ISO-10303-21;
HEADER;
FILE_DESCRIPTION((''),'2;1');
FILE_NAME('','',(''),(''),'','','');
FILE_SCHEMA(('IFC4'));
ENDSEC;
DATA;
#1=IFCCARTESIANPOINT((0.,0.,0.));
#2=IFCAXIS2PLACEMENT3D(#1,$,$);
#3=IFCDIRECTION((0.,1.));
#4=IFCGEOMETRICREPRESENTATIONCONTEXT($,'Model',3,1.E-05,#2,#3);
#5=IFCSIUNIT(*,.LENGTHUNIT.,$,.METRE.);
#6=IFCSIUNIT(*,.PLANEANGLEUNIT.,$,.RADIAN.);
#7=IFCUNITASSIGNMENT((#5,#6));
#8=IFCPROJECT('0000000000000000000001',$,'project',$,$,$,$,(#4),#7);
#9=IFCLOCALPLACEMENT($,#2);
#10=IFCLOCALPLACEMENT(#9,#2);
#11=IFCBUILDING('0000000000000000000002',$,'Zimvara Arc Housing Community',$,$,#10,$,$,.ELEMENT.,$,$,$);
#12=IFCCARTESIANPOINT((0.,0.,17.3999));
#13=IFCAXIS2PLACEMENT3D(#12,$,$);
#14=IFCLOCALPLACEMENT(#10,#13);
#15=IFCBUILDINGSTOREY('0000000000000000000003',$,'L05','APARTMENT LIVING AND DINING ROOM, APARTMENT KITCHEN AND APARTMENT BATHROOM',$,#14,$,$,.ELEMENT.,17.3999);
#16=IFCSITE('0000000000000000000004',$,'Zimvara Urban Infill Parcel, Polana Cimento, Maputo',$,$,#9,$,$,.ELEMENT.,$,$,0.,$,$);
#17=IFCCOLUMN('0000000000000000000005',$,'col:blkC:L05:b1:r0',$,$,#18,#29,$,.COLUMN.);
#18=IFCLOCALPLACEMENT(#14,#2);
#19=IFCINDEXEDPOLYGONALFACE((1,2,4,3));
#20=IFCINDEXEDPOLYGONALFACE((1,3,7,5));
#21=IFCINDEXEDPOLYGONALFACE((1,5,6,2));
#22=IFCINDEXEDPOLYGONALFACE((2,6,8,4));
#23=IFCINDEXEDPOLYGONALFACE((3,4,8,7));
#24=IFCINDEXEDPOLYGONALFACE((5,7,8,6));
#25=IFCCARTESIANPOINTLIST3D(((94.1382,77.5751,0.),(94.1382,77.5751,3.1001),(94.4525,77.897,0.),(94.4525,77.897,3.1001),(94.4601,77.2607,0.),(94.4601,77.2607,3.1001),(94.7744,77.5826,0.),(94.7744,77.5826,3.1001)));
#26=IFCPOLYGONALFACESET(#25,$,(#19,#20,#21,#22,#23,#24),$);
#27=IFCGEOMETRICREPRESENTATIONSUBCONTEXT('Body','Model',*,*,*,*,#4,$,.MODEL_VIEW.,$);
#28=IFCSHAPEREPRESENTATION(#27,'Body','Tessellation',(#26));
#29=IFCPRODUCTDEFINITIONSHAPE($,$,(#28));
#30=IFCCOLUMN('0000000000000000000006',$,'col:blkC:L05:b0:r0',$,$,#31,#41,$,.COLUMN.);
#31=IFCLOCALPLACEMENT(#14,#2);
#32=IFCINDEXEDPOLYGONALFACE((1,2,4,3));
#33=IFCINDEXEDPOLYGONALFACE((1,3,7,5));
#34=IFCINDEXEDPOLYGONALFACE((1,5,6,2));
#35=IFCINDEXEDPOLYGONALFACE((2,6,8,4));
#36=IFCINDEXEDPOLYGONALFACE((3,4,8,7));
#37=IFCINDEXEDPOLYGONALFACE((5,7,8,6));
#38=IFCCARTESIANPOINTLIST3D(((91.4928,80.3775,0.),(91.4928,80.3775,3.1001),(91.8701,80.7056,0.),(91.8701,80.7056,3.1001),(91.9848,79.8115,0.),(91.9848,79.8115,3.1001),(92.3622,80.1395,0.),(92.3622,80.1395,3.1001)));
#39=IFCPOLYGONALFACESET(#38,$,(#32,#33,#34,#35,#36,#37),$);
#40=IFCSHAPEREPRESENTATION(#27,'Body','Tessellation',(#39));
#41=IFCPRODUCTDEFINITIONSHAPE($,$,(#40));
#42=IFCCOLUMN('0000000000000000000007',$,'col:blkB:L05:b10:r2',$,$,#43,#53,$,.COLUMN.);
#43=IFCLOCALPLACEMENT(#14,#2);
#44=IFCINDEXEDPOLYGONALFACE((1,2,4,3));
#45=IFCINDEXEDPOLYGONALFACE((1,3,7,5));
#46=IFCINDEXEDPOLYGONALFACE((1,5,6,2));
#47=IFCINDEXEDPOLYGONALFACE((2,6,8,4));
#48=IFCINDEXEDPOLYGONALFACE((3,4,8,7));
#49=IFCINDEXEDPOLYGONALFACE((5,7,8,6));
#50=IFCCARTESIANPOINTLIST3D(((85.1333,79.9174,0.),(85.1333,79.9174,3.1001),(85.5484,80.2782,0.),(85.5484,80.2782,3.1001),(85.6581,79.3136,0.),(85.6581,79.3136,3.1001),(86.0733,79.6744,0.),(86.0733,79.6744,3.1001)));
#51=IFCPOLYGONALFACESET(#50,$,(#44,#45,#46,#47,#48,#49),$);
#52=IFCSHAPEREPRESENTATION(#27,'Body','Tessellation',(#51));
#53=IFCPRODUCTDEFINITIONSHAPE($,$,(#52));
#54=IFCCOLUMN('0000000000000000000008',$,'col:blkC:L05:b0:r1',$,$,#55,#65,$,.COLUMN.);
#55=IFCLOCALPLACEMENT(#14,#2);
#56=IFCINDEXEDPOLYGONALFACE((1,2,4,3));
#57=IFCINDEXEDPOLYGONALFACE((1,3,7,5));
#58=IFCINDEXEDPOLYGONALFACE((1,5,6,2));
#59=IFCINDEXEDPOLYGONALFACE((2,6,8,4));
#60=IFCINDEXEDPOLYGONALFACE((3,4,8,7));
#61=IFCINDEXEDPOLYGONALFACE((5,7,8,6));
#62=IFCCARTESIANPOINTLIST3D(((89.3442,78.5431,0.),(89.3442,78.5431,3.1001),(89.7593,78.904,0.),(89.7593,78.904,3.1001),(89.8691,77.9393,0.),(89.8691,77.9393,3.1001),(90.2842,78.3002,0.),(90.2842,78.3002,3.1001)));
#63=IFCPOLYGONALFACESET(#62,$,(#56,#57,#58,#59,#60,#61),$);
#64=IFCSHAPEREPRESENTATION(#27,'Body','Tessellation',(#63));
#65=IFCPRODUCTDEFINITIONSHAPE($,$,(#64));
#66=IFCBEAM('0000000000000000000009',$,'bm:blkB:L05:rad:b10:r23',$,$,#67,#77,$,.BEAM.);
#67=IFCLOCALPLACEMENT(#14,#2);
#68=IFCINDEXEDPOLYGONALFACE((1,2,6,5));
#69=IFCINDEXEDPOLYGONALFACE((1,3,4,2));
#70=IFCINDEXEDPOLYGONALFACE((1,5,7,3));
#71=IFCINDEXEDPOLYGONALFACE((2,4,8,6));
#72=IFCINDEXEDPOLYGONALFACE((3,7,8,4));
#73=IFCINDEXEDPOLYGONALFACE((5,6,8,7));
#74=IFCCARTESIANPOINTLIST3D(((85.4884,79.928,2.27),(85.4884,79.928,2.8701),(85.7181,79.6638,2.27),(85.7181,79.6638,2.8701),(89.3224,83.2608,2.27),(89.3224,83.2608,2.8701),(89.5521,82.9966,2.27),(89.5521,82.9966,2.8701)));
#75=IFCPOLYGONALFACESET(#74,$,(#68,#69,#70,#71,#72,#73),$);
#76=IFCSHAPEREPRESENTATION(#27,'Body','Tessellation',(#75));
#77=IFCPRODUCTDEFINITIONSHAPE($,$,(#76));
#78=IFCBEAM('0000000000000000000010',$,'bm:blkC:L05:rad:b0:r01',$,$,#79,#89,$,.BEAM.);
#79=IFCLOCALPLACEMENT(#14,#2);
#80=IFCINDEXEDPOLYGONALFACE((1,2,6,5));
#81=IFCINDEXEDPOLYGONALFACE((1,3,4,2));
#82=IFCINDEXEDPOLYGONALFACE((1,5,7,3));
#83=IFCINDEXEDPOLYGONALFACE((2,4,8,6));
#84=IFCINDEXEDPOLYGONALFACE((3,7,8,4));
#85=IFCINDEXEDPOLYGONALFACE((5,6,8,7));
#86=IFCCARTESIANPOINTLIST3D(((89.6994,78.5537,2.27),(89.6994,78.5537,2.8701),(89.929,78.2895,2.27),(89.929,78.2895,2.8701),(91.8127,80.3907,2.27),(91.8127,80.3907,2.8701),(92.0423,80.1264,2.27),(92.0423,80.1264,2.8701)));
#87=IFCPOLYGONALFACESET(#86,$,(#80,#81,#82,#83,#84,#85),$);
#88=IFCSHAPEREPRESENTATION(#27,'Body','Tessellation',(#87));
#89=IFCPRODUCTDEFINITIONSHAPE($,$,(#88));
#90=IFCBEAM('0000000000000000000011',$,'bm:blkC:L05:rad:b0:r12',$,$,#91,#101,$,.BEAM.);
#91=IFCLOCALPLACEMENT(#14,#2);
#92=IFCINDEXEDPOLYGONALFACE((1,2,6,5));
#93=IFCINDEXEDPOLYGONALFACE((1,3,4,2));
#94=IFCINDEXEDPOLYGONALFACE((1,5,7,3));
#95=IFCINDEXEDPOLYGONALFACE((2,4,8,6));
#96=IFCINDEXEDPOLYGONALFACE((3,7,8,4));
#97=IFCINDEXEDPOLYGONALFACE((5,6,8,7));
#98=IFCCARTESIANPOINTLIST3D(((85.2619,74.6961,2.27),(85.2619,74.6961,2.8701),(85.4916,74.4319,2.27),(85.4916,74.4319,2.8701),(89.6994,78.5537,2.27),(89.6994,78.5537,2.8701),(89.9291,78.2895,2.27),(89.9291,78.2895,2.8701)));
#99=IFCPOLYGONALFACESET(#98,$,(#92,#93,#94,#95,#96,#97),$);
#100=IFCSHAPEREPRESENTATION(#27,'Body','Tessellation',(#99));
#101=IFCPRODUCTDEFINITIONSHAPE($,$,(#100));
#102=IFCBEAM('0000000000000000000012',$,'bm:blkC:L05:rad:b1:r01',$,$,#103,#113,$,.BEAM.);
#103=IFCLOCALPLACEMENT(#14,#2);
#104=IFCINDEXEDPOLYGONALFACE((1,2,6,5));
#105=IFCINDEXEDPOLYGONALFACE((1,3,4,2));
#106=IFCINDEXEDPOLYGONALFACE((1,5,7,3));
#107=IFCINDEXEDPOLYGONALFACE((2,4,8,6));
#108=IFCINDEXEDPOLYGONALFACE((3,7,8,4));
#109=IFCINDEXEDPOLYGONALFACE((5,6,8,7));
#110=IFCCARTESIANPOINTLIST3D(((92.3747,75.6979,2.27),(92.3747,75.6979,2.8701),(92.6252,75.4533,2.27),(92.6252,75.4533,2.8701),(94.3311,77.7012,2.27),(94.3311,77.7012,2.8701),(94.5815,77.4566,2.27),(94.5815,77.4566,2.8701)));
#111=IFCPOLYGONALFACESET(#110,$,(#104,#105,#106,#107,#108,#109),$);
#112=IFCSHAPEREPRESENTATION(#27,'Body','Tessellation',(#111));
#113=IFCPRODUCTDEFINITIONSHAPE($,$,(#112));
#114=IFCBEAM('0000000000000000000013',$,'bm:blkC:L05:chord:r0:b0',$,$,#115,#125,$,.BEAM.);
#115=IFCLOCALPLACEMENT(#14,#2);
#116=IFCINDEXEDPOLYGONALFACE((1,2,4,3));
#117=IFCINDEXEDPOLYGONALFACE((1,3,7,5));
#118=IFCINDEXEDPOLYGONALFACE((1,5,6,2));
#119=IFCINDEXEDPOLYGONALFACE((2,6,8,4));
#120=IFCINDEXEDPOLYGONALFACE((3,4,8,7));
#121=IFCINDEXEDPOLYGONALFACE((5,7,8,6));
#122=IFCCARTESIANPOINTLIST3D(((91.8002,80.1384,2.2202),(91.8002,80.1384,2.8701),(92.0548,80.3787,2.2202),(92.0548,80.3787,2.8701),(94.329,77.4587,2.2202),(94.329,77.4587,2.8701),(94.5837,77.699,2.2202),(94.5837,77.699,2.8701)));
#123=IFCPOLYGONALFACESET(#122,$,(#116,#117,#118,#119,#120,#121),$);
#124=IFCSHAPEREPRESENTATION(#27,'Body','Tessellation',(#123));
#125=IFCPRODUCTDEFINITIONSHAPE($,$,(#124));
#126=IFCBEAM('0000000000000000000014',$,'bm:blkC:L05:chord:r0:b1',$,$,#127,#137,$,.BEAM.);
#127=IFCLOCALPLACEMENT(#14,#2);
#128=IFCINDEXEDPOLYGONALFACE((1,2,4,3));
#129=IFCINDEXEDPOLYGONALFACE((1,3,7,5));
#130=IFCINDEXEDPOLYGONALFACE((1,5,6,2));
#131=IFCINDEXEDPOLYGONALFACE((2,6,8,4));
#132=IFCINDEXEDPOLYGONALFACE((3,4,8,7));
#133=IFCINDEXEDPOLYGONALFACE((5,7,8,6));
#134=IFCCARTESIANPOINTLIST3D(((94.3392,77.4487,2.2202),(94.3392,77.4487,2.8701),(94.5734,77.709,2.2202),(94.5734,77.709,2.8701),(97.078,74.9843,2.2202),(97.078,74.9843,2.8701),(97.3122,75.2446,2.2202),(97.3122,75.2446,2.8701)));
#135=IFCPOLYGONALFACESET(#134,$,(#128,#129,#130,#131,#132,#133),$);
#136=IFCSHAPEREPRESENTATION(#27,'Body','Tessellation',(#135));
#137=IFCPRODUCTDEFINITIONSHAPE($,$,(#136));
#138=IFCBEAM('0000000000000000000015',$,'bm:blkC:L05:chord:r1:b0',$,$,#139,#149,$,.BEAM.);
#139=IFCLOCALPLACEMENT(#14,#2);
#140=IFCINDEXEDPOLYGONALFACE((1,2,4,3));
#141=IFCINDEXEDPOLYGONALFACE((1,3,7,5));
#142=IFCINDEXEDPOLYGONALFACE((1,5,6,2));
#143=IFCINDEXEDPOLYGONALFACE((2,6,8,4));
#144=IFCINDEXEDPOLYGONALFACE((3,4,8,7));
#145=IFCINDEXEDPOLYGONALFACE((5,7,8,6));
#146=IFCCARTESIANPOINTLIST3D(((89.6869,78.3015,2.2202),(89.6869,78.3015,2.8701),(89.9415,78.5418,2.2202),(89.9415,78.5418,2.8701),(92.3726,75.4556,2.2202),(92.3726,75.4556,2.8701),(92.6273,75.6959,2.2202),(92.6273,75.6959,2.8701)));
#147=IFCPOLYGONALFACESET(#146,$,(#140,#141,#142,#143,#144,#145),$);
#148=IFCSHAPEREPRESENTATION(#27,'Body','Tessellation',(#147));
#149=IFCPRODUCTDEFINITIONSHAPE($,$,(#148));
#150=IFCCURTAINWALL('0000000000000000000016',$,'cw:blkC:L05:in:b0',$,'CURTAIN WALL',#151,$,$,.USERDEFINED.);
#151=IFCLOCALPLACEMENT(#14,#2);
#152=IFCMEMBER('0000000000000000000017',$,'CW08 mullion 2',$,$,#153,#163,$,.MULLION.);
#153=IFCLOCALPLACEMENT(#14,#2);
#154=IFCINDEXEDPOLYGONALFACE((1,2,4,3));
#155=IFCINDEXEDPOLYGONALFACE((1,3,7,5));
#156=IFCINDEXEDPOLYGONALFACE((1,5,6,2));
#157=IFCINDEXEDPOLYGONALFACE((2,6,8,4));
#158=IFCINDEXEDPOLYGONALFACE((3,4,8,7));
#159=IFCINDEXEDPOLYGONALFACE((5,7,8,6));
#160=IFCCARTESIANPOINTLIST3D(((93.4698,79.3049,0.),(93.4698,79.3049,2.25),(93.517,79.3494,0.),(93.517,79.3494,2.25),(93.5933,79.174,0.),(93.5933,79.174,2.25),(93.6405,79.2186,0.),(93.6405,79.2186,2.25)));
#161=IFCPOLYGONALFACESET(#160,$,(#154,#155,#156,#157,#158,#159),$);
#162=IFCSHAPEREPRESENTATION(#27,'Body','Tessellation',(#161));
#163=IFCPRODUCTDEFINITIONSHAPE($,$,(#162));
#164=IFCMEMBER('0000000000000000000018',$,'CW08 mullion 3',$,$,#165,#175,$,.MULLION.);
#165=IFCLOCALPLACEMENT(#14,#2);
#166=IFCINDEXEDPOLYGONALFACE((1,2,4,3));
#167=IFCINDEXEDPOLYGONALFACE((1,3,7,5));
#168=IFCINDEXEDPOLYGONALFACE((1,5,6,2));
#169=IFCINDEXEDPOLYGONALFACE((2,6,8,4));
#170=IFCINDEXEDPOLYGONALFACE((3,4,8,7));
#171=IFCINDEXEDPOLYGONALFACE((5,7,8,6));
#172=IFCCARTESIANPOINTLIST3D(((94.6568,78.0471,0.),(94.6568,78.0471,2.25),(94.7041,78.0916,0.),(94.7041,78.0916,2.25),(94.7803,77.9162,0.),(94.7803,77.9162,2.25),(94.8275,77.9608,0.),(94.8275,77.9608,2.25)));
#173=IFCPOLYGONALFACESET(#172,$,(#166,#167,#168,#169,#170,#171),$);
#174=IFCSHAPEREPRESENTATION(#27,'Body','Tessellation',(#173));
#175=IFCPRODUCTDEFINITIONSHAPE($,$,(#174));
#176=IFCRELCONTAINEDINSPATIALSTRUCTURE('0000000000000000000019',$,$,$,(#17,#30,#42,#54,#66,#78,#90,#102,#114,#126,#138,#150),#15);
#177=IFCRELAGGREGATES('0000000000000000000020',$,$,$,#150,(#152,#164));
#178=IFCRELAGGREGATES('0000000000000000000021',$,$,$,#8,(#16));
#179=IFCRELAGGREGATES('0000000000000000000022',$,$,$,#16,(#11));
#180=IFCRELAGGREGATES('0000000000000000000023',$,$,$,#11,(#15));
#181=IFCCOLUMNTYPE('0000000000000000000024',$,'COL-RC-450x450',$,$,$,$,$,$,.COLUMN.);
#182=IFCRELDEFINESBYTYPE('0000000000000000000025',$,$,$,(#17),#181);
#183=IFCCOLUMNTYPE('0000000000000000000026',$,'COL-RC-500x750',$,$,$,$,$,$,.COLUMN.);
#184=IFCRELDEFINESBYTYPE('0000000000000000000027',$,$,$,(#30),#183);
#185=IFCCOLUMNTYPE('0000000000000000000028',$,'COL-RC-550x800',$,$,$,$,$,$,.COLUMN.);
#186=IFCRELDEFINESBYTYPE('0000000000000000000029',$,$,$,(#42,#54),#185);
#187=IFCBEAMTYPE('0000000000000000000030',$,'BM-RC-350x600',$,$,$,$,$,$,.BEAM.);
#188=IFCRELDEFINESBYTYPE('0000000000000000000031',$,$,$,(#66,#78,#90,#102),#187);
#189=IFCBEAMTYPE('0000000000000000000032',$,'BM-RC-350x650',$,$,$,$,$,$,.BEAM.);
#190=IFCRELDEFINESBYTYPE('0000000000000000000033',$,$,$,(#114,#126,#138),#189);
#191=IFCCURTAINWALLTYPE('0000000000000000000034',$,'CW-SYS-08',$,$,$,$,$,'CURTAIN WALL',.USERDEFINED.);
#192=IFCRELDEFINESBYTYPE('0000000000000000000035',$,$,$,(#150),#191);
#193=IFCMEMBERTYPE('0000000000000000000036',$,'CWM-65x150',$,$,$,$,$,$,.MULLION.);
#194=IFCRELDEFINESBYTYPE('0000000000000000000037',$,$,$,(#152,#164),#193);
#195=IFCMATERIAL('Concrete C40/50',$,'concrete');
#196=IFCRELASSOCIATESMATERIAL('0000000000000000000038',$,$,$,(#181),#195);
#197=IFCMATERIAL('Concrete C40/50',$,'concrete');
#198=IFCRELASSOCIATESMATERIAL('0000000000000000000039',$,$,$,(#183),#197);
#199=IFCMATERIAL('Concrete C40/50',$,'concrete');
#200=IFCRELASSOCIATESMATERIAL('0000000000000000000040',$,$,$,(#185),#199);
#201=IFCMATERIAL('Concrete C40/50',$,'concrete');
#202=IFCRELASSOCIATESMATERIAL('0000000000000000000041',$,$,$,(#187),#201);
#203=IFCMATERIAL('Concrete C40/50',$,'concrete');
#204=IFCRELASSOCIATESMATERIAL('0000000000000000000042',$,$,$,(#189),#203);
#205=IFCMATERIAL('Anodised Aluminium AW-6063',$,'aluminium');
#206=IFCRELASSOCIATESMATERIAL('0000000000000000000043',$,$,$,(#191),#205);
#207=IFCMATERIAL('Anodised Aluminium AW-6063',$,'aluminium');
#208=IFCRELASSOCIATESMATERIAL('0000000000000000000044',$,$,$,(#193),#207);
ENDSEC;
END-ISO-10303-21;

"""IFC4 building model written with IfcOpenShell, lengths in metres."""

from ifc_helpers import new_model, si_unit, direction, frame, origin, origin_2d, place, context, subcontext, project, spatial, rectangle, extrude, material, material_profile, profile_set, type_object, element, aggregate, save


model = new_model("IFC4")

# Units and contexts
model_context = context("Model", 3, precision=1e-05, world=origin(), true_north=direction((0.0, 1.0)))
body_context = subcontext(model_context, "Body", "Model", "MODEL_VIEW")
ifc_project = project(units=[si_unit("LENGTHUNIT", "METRE"), si_unit("PLANEANGLEUNIT", "RADIAN")], contexts=[model_context])

# Site, building, storey
site_placement = place(None, origin())
site = spatial("IfcSite", under=ifc_project, at=site_placement, Name="Zimvara Urban Infill Parcel, Polana Cimento, Maputo", CompositionType="ELEMENT", RefElevation=0.0)
building_placement = place(site_placement, origin())
building = spatial("IfcBuilding", under=site, at=building_placement, Name="Zimvara Arc Housing Community", CompositionType="ELEMENT")
storey_placement = place(building_placement, frame((0.0, 0.0, 17.3999)))
storey = spatial("IfcBuildingStorey", under=building, at=storey_placement, Name="L05", Description="APARTMENT LIVING AND DINING ROOM, APARTMENT KITCHEN AND APARTMENT BATHROOM", CompositionType="ELEMENT", Elevation=17.3999)

# Columns
ifc_material_1 = material(Name="Concrete C40/50", Category="concrete")
ifc_material_profile_1 = material_profile(ifc_material_1, rectangle(XDim=0.45, YDim=0.45, at=origin_2d()), Name="RC 450x450")
ifc_profile_set_1 = profile_set([ifc_material_profile_1], Name="Concrete C40/50")
column_type_1 = type_object("IfcColumnType", Name="COL-RC-450x450", PredefinedType="COLUMN", material=ifc_profile_set_1)
column_1_placement = place(storey_placement, frame((94.4563, 77.5789, 0.0), z_axis=(0.0, 0.0, 1.0), x_axis=(-0.698665, -0.715449, 0.0)))
element("IfcColumn", 1, at=column_1_placement, inside=storey, type_object=column_type_1, Name="col:blkC:L05:b1:r0", PredefinedType="COLUMN", context=body_context, shape_type="SweptSolid", body=[
    extrude(rectangle(XDim=0.45, YDim=0.45, at=origin_2d()), origin(), (0.0, 0.0, 1.0), 3.1001),
])
ifc_material_2 = material(Name="Concrete C40/50", Category="concrete")
ifc_material_profile_2 = material_profile(ifc_material_2, rectangle(XDim=0.5, YDim=0.75, at=origin_2d()), Name="RC 500x750")
ifc_profile_set_2 = profile_set([ifc_material_profile_2], Name="Concrete C40/50")
column_type_2 = type_object("IfcColumnType", Name="COL-RC-500x750", PredefinedType="COLUMN", material=ifc_profile_set_2)
column_2_placement = place(storey_placement, frame((91.9275, 80.2585, 0.0), z_axis=(0.0, 0.0, 1.0), x_axis=(-0.75471, -0.656059, 0.0)))
element("IfcColumn", 2, at=column_2_placement, inside=storey, type_object=column_type_2, Name="col:blkC:L05:b0:r0", PredefinedType="COLUMN", context=body_context, shape_type="SweptSolid", body=[
    extrude(rectangle(XDim=0.5, YDim=0.75, at=origin_2d()), origin(), (0.0, 0.0, 1.0), 3.1001),
])
ifc_material_3 = material(Name="Concrete C40/50", Category="concrete")
ifc_material_profile_3 = material_profile(ifc_material_3, rectangle(XDim=0.55, YDim=0.8, at=origin_2d()), Name="RC 550x800")
ifc_profile_set_3 = profile_set([ifc_material_profile_3], Name="Concrete C40/50")
column_type_3 = type_object("IfcColumnType", Name="COL-RC-550x800", PredefinedType="COLUMN", material=ifc_profile_set_3)
for number, where, z_axis, x_axis, name in (
    (3, (85.6033, 79.7959, 0.0), (0.0, 0.0, 1.0), (0.75471, 0.656059, 0.0), "col:blkB:L05:b10:r2"),
    (4, (89.8142, 78.4216, 0.0), (0.0, 0.0, 1.0), (-0.75471, -0.656059, 0.0), "col:blkC:L05:b0:r1"),
):
    element("IfcColumn", number, at=place(storey_placement, frame(where, z_axis=z_axis, x_axis=x_axis)), inside=storey, type_object=column_type_3, Name=name, PredefinedType="COLUMN", context=body_context, shape_type="SweptSolid", body=[
        extrude(rectangle(XDim=0.55, YDim=0.8, at=origin_2d()), origin(), (0.0, 0.0, 1.0), 3.1001),
    ])

# Beams
ifc_material_4 = material(Name="Concrete C40/50", Category="concrete")
ifc_material_profile_4 = material_profile(ifc_material_4, rectangle(XDim=0.3501, YDim=0.6001, at=origin_2d()), Name="RC 350x600")
ifc_profile_set_4 = profile_set([ifc_material_profile_4], Name="Concrete C40/50")
beam_type_1 = type_object("IfcBeamType", Name="BM-RC-350x600", PredefinedType="BEAM", material=ifc_profile_set_4)
beam_1_placement = place(storey_placement, frame((85.6033, 79.7959, 2.5701), z_axis=(0.754716, 0.656051, 0.0), x_axis=(-0.656051, 0.754716, 0.0)))
element("IfcBeam", 5, at=beam_1_placement, inside=storey, type_object=beam_type_1, Name="bm:blkB:L05:rad:b10:r23", PredefinedType="BEAM", context=body_context, shape_type="SweptSolid", body=[
    extrude(rectangle(XDim=0.3501, YDim=0.6001, at=origin_2d()), origin(), (0.0, 0.0, 1.0), 5.0801),
])
beam_2_placement = place(storey_placement, frame((91.9275, 80.2585, 2.5701), z_axis=(-0.754733, -0.656032, 0.0), x_axis=(0.656032, -0.754733, 0.0)))
element("IfcBeam", 6, at=beam_2_placement, inside=storey, type_object=beam_type_1, Name="bm:blkC:L05:rad:b0:r01", PredefinedType="BEAM", context=body_context, shape_type="SweptSolid", body=[
    extrude(rectangle(XDim=0.3501, YDim=0.6001, at=origin_2d()), origin(), (0.0, 0.0, 1.0), 2.8),
])
beam_3_placement = place(storey_placement, frame((89.8142, 78.4216, 2.5701), z_axis=(-0.754692, -0.656079, 0.0), x_axis=(0.656079, -0.754692, 0.0)))
element("IfcBeam", 7, at=beam_3_placement, inside=storey, type_object=beam_type_1, Name="bm:blkC:L05:rad:b0:r12", PredefinedType="BEAM", context=body_context, shape_type="SweptSolid", body=[
    extrude(rectangle(XDim=0.3501, YDim=0.6001, at=origin_2d()), origin(), (0.0, 0.0, 1.0), 5.8799),
])
beam_4_placement = place(storey_placement, frame((94.4563, 77.5789, 2.5701), z_axis=(-0.698687, -0.715428, 0.0), x_axis=(0.715428, -0.698687, 0.0)))
element("IfcBeam", 8, at=beam_4_placement, inside=storey, type_object=beam_type_1, Name="bm:blkC:L05:rad:b1:r01", PredefinedType="BEAM", context=body_context, shape_type="SweptSolid", body=[
    extrude(rectangle(XDim=0.3501, YDim=0.6001, at=origin_2d()), origin(), (0.0, 0.0, 1.0), 2.8),
])
ifc_material_5 = material(Name="Concrete C40/50", Category="concrete")
ifc_material_profile_5 = material_profile(ifc_material_5, rectangle(XDim=0.3501, YDim=0.6499, at=origin_2d()), Name="RC 350x650")
ifc_profile_set_5 = profile_set([ifc_material_profile_5], Name="Concrete C40/50")
beam_type_2 = type_object("IfcBeamType", Name="BM-RC-350x650", PredefinedType="BEAM", material=ifc_profile_set_5)
beam_5_placement = place(storey_placement, frame((91.9275, 80.2585, 2.5452), z_axis=(0.686336, -0.727285, 0.0), x_axis=(0.727285, 0.686336, 0.0)))
element("IfcBeam", 9, at=beam_5_placement, inside=storey, type_object=beam_type_2, Name="bm:blkC:L05:chord:r0:b0", PredefinedType="BEAM", context=body_context, shape_type="SweptSolid", body=[
    extrude(rectangle(XDim=0.3501, YDim=0.6499, at=origin_2d()), origin(), (0.0, 0.0, 1.0), 3.6846),
])
beam_6_placement = place(storey_placement, frame((94.4563, 77.5789, 2.5452), z_axis=(0.743367, -0.668884, 0.0), x_axis=(0.668884, 0.743367, 0.0)))
element("IfcBeam", 10, at=beam_6_placement, inside=storey, type_object=beam_type_2, Name="bm:blkC:L05:chord:r0:b1", PredefinedType="BEAM", context=body_context, shape_type="SweptSolid", body=[
    extrude(rectangle(XDim=0.3501, YDim=0.6499, at=origin_2d()), origin(), (0.0, 0.0, 1.0), 3.6843),
])
beam_7_placement = place(storey_placement, frame((89.8142, 78.4216, 2.5452), z_axis=(0.686347, -0.727274, 0.0), x_axis=(0.727274, 0.686347, 0.0)))
element("IfcBeam", 11, at=beam_7_placement, inside=storey, type_object=beam_type_2, Name="bm:blkC:L05:chord:r1:b0", PredefinedType="BEAM", context=body_context, shape_type="SweptSolid", body=[
    extrude(rectangle(XDim=0.3501, YDim=0.6499, at=origin_2d()), origin(), (0.0, 0.0, 1.0), 3.9131),
])

# Curtain wall, members
ifc_material_6 = material(Name="Anodised Aluminium AW-6063", Category="aluminium")
curtain_wall_type = type_object("IfcCurtainWallType", Name="CW-SYS-08", ElementType="CURTAIN WALL", PredefinedType="USERDEFINED", material=ifc_material_6)
curtain_wall_placement = place(storey_placement, origin())
curtain_wall = element("IfcCurtainWall", 12, at=curtain_wall_placement, inside=storey, type_object=curtain_wall_type, Name="cw:blkC:L05:in:b0", ObjectType="CURTAIN WALL", PredefinedType="USERDEFINED")
ifc_material_7 = material(Name="Anodised Aluminium AW-6063", Category="aluminium")
ifc_material_profile_6 = material_profile(ifc_material_7, rectangle(XDim=0.0649, YDim=0.1799, at=origin_2d()), Name="ALU 65x180")
ifc_profile_set_6 = profile_set([ifc_material_profile_6], Name="Anodised Aluminium AW-6063")
member_type_1 = type_object("IfcMemberType", Name="CWM-65x150", PredefinedType="MULLION", material=ifc_profile_set_6)
member_1_placement = place(storey_placement, frame((93.5552, 79.2617, 0.0), z_axis=(0.0, 0.0, 1.0), x_axis=(0.727293, 0.686327, 0.0)))
member_1 = element("IfcMember", 13, at=member_1_placement, type_object=member_type_1, Name="CW08 mullion 2", PredefinedType="MULLION", context=body_context, shape_type="SweptSolid", body=[
    extrude(rectangle(XDim=0.0649, YDim=0.1799, at=origin_2d()), origin(), (0.0, 0.0, 1.0), 2.25),
])
member_2_placement = place(storey_placement, frame((94.7422, 78.0039, 0.0), z_axis=(0.0, 0.0, 1.0), x_axis=(0.727293, 0.686327, 0.0)))
member_2 = element("IfcMember", 14, at=member_2_placement, type_object=member_type_1, Name="CW08 mullion 3", PredefinedType="MULLION", context=body_context, shape_type="SweptSolid", body=[
    extrude(rectangle(XDim=0.0649, YDim=0.1799, at=origin_2d()), origin(), (0.0, 0.0, 1.0), 2.25),
])
aggregate(curtain_wall, [member_1, member_2])

save(model, "model.ifc")
